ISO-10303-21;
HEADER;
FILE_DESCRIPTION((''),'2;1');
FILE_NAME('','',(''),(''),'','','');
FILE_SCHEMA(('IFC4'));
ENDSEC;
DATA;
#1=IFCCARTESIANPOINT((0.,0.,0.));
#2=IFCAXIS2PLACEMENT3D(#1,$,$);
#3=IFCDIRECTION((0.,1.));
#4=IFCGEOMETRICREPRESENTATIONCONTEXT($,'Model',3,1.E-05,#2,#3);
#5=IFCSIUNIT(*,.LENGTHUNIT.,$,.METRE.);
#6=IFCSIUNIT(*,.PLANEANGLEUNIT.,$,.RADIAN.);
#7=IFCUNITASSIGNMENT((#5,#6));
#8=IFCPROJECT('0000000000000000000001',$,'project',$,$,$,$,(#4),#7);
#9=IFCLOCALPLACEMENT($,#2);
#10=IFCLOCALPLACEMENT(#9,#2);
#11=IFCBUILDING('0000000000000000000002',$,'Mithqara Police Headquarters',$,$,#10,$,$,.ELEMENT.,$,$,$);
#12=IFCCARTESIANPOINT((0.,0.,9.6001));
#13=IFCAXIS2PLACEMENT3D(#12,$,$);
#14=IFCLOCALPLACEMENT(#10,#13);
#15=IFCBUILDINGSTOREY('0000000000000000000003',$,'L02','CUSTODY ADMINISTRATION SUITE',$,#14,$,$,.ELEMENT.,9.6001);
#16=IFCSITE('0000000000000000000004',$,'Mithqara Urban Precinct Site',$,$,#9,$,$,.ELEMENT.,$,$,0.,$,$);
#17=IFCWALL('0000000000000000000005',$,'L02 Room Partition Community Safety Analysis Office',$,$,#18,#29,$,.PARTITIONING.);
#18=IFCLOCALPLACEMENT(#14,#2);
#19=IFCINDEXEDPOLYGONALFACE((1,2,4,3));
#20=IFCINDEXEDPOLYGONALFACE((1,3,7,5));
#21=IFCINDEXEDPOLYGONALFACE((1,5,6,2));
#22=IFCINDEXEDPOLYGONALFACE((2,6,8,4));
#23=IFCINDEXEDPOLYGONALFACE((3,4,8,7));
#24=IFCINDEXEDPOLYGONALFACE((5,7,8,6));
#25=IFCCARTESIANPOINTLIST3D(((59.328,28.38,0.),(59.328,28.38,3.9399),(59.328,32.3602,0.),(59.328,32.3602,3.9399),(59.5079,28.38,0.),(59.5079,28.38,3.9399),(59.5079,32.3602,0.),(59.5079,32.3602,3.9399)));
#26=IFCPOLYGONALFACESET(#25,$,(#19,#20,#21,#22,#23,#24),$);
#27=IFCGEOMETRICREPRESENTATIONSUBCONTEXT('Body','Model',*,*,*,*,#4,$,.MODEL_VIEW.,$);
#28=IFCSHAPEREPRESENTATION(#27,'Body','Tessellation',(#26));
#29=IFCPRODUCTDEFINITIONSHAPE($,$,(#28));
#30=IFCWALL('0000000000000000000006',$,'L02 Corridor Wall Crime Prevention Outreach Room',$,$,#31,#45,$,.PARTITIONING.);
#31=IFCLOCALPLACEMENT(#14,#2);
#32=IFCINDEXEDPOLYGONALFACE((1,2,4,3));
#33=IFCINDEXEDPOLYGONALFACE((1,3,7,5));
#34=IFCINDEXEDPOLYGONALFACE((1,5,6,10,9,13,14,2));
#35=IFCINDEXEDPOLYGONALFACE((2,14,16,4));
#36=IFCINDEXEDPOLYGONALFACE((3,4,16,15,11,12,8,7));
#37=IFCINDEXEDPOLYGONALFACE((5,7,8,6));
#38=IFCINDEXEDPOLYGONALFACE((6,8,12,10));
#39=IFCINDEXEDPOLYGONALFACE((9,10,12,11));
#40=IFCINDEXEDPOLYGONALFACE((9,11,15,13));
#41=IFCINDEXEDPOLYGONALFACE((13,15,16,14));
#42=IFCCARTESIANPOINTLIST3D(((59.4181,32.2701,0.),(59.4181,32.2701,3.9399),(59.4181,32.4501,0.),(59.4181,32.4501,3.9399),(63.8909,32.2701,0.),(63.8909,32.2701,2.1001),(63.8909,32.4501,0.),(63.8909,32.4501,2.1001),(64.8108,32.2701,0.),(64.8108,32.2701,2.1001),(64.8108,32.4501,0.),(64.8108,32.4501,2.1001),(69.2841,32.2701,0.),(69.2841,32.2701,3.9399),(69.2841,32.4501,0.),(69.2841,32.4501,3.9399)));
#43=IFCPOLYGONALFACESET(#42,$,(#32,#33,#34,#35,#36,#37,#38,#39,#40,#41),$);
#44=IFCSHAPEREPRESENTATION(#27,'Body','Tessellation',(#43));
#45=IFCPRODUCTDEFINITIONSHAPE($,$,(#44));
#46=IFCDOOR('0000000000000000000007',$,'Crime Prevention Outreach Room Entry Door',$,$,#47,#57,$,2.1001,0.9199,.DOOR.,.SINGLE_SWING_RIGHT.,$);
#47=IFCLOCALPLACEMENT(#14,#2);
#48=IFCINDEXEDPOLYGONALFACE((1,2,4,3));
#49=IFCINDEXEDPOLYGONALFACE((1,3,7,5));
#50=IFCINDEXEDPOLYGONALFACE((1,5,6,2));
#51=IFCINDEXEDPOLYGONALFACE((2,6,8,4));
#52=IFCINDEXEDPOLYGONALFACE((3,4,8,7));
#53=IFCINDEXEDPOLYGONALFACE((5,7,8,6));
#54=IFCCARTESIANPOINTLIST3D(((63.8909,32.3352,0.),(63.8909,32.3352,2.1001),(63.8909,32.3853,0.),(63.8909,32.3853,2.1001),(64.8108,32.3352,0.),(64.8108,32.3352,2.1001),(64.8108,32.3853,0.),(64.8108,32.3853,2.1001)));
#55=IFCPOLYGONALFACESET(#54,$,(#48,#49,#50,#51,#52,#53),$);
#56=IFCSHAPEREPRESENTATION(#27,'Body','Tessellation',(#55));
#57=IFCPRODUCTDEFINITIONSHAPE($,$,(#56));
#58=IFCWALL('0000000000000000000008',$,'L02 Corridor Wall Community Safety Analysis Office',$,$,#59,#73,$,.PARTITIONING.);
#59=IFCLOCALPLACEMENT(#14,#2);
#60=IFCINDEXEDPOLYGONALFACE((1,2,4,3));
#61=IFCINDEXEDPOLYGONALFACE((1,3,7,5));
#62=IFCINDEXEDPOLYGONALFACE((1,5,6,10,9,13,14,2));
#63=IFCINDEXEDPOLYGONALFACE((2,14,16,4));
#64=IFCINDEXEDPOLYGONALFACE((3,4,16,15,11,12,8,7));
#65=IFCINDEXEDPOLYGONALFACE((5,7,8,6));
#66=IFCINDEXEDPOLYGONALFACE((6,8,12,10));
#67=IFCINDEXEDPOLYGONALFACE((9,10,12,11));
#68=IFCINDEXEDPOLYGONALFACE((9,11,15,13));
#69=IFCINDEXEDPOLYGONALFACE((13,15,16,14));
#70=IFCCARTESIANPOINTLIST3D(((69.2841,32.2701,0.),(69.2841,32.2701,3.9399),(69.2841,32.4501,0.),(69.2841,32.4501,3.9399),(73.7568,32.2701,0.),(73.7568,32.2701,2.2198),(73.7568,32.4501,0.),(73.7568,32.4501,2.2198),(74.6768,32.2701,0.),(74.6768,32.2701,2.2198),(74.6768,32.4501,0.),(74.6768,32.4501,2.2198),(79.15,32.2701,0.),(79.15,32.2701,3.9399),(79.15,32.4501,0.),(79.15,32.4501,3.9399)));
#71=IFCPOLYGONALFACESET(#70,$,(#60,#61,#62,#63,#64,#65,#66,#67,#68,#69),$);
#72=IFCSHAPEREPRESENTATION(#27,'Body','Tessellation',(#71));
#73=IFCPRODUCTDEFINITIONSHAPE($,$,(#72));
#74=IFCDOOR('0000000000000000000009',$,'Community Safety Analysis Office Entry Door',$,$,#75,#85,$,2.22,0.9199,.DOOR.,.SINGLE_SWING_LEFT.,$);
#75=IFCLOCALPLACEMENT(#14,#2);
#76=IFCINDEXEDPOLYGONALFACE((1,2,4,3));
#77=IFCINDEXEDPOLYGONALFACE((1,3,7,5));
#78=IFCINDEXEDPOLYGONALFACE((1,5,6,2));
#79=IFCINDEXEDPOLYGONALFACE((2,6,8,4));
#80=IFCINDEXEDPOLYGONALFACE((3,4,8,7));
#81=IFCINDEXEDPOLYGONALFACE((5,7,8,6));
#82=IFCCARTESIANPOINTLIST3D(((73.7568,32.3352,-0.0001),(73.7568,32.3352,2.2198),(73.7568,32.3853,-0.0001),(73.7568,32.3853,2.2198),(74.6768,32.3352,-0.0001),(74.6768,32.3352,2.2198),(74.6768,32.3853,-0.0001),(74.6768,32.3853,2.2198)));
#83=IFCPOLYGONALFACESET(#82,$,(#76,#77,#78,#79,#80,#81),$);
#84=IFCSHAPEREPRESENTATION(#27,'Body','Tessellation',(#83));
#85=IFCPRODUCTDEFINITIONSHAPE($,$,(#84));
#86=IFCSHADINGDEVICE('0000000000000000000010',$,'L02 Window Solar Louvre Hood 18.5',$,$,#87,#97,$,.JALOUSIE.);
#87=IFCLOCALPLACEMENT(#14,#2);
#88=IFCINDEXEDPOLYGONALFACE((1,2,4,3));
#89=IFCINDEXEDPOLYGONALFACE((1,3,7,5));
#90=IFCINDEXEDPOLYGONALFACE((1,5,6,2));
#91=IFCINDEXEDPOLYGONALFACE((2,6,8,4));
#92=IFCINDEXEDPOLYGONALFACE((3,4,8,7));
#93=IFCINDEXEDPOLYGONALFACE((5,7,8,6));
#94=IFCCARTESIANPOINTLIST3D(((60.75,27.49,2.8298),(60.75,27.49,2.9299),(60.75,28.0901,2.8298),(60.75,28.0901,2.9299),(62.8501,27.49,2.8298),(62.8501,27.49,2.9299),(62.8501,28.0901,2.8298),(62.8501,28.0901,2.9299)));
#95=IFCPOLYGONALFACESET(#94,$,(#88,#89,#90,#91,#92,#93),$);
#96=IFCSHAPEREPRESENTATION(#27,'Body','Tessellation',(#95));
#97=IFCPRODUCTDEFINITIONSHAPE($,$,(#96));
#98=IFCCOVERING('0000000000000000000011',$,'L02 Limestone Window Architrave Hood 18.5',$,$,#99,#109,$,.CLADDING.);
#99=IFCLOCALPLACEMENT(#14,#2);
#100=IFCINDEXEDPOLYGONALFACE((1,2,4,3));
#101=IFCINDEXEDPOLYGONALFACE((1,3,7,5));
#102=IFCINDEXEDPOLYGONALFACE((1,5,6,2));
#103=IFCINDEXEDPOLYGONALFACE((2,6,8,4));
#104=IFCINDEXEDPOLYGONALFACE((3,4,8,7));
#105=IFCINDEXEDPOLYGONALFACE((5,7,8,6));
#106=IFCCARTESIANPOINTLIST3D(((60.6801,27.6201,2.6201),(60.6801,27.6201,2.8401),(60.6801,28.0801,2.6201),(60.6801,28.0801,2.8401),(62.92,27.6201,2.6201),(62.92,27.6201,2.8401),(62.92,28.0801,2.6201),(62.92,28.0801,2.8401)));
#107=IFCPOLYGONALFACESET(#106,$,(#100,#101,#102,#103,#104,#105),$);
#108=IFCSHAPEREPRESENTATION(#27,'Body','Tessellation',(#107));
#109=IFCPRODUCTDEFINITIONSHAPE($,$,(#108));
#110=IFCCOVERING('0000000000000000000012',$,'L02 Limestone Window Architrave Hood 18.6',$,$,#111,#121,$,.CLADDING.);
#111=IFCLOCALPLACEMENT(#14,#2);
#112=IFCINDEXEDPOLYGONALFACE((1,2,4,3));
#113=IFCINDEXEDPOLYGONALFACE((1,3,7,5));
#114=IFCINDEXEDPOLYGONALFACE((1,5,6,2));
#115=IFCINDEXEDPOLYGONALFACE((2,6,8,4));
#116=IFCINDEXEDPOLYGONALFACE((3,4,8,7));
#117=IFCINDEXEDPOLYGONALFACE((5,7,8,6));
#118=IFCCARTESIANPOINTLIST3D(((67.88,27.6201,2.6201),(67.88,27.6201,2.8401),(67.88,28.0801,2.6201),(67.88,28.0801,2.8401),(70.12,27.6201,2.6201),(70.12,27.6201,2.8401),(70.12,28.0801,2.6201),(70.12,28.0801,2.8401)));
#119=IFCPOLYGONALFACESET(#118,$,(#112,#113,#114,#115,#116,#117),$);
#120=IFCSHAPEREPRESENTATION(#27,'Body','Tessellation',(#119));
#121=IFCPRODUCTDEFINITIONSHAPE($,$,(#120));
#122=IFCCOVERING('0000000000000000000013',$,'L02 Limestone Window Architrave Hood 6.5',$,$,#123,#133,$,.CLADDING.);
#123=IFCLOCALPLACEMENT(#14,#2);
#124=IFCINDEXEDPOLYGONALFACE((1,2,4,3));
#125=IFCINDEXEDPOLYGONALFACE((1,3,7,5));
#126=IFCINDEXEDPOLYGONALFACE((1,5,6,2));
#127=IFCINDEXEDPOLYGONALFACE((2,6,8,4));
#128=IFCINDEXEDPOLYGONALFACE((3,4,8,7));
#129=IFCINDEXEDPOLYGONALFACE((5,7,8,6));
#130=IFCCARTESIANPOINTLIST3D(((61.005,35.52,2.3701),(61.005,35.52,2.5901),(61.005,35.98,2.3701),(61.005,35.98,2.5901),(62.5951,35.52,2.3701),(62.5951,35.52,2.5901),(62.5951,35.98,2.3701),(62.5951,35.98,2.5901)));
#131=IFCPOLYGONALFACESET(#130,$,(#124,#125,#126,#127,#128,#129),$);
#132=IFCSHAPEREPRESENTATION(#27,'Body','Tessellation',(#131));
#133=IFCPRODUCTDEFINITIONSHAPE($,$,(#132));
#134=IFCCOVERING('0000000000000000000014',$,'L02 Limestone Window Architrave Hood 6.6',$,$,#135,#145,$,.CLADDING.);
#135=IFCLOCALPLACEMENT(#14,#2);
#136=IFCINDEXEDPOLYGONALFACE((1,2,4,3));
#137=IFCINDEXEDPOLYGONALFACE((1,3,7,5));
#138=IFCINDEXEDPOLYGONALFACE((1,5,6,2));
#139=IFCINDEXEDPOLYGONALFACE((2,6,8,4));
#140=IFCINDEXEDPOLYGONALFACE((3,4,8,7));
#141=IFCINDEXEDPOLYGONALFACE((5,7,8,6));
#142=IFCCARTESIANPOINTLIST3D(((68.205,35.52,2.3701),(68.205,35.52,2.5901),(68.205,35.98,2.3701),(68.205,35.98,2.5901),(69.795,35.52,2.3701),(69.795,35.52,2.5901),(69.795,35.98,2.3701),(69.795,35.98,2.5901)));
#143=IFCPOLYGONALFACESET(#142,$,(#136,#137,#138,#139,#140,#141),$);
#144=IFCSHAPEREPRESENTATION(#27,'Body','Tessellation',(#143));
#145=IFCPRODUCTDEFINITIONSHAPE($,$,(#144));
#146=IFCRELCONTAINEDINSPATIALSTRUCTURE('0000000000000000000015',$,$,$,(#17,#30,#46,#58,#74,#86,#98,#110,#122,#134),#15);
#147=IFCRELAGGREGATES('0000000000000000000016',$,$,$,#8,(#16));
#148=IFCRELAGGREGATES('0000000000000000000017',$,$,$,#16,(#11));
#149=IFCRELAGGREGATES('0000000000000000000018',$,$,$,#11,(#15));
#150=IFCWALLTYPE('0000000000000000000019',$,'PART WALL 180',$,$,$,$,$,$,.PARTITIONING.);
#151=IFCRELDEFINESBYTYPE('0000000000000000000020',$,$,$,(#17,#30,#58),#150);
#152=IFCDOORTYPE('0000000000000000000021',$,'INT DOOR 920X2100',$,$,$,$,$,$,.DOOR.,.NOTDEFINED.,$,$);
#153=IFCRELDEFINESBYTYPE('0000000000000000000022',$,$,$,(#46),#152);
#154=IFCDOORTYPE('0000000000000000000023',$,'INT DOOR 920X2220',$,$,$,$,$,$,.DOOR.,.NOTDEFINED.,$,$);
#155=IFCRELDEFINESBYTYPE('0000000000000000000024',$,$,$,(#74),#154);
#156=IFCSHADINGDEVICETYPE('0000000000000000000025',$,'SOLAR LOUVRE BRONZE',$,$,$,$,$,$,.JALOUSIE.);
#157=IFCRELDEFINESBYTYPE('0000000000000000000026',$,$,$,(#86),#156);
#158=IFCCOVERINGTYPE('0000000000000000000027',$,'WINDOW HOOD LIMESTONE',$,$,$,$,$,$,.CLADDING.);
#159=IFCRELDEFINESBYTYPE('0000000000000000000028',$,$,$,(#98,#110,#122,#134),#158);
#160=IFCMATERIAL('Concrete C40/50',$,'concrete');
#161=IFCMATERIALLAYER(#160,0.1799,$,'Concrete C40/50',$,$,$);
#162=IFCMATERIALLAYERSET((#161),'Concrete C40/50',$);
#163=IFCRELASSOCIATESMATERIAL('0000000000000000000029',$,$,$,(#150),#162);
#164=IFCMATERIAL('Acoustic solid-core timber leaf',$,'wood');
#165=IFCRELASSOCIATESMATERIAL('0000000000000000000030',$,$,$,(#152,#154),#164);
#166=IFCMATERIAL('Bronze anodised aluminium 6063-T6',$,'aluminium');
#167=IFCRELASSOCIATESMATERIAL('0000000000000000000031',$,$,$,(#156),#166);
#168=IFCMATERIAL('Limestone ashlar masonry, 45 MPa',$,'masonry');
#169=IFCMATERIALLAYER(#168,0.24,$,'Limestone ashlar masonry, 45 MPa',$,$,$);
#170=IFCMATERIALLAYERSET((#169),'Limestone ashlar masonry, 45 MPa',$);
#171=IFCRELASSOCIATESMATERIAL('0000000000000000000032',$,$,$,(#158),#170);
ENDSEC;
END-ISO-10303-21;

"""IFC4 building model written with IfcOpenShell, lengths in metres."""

from ifc_helpers import new_model, si_unit, direction, frame, frame_2d, origin, origin_2d, place, context, subcontext, project, spatial, rectangle, extrude, material, layer, layer_set, type_object, element, fill, save


model = new_model("IFC4")

# Units and contexts
model_context = context("Model", 3, precision=1e-05, world=origin(), true_north=direction((0.0, 1.0)))
body_context = subcontext(model_context, "Body", "Model", "MODEL_VIEW")
ifc_project = project(units=[si_unit("LENGTHUNIT", "METRE"), si_unit("PLANEANGLEUNIT", "RADIAN")], contexts=[model_context])

# Site, building, storey
site_placement = place(None, origin())
site = spatial("IfcSite", under=ifc_project, at=site_placement, Name="Mithqara Urban Precinct Site", CompositionType="ELEMENT", RefElevation=0.0)
building_placement = place(site_placement, origin())
building = spatial("IfcBuilding", under=site, at=building_placement, Name="Mithqara Police Headquarters", CompositionType="ELEMENT")
storey_placement = place(building_placement, frame((0.0, 0.0, 9.6001)))
storey = spatial("IfcBuildingStorey", under=building, at=storey_placement, Name="L02", Description="CUSTODY ADMINISTRATION SUITE", CompositionType="ELEMENT", Elevation=9.6001)

# Shared definitions
ifc_material_1 = material(Name="Concrete C40/50", Category="concrete")

# Wall
ifc_layer_1 = layer(ifc_material_1, 0.1799, Name="Concrete C40/50")
ifc_layer_set_1 = layer_set([ifc_layer_1], Name="Concrete C40/50")
wall_type = type_object("IfcWallType", Name="PART WALL 180", PredefinedType="PARTITIONING", material=ifc_layer_set_1)
wall_1_placement = place(storey_placement, frame((59.418, 28.3799, 0.0), z_axis=(0.0, 0.0, 1.0), x_axis=(0.0, 1.0, 0.0)))
element("IfcWall", 1, at=wall_1_placement, inside=storey, type_object=wall_type, Name="L02 Room Partition Community Safety Analysis Office", PredefinedType="PARTITIONING", context=body_context, shape_type="SweptSolid", body=[
    extrude(rectangle(XDim=3.9802, YDim=0.1799, at=frame_2d((1.9902, 0.0))), origin(), (0.0, 0.0, 1.0), 3.9399),
])

# Walls, openings, doors
wall_2_placement = place(storey_placement, frame((59.418, 32.3601, 0.0), z_axis=(0.0, 0.0, 1.0), x_axis=(1.0, 0.0, 0.0)))
wall_2 = element("IfcWall", 2, at=wall_2_placement, inside=storey, type_object=wall_type, Name="L02 Corridor Wall Crime Prevention Outreach Room", PredefinedType="PARTITIONING", context=body_context, shape_type="SweptSolid", body=[
    extrude(rectangle(XDim=9.866, YDim=0.1799, at=frame_2d((4.9331, 0.0))), origin(), (0.0, 0.0, 1.0), 3.9399),
])
opening_1_placement = place(wall_2_placement, frame((4.4729, 0.0, 0.0)))
opening_1 = element("IfcOpeningElement", 3, at=opening_1_placement, cuts=wall_2, PredefinedType="OPENING", context=body_context, shape_type="SweptSolid", body=[
    extrude(rectangle(XDim=0.9199, YDim=2.1001, at=frame_2d((0.46, 1.05))), frame((0.0, 0.1001, 0.0), z_axis=(0.0, -1.0, 0.0), x_axis=(1.0, 0.0, 0.0)), (0.0, 0.0, 1.0), 0.2),
])
ifc_material_2 = material(Name="Acoustic solid-core timber leaf", Category="wood")
door_type_1 = type_object("IfcDoorType", Name="INT DOOR 920X2100", OperationType="NOTDEFINED", PredefinedType="DOOR", material=ifc_material_2)
door_1_placement = place(opening_1_placement, frame((0.9199, 0.0, 0.0), z_axis=(0.0, 0.0, 1.0), x_axis=(-1.0, 0.0, 0.0)))
door_1 = element("IfcDoor", 4, at=door_1_placement, inside=storey, type_object=door_type_1, Name="Crime Prevention Outreach Room Entry Door", OperationType="SINGLE_SWING_RIGHT", OverallHeight=2.1001, OverallWidth=0.9199, PredefinedType="DOOR", context=body_context, shape_type="SweptSolid", body=[
    extrude(rectangle(XDim=0.9199, YDim=2.1001, at=frame_2d((0.46, 1.05))), frame((0.0, 0.0249, 0.0), z_axis=(0.0, -1.0, 0.0), x_axis=(1.0, 0.0, 0.0)), (0.0, 0.0, 1.0), 0.05),
])
fill(opening_1, door_1)
wall_3_placement = place(storey_placement, frame((69.2839, 32.3601, 0.0), z_axis=(0.0, 0.0, 1.0), x_axis=(1.0, 0.0, 0.0)))
wall_3 = element("IfcWall", 5, at=wall_3_placement, inside=storey, type_object=wall_type, Name="L02 Corridor Wall Community Safety Analysis Office", PredefinedType="PARTITIONING", context=body_context, shape_type="SweptSolid", body=[
    extrude(rectangle(XDim=9.866, YDim=0.1799, at=frame_2d((4.9331, 0.0))), origin(), (0.0, 0.0, 1.0), 3.9399),
])
opening_2_placement = place(wall_3_placement, frame((4.4729, 0.0, 0.0)))
opening_2 = element("IfcOpeningElement", 6, at=opening_2_placement, cuts=wall_3, PredefinedType="OPENING", context=body_context, shape_type="SweptSolid", body=[
    extrude(rectangle(XDim=0.9199, YDim=2.22, at=frame_2d((0.46, 1.1099))), frame((0.0, 0.1001, 0.0), z_axis=(0.0, -1.0, 0.0), x_axis=(1.0, 0.0, 0.0)), (0.0, 0.0, 1.0), 0.2),
])
door_type_2 = type_object("IfcDoorType", Name="INT DOOR 920X2220", OperationType="NOTDEFINED", PredefinedType="DOOR", material=ifc_material_2)
door_2_placement = place(opening_2_placement, frame((0.9199, 0.0, 0.0), z_axis=(0.0, 0.0, 1.0), x_axis=(-1.0, 0.0, 0.0)))
door_2 = element("IfcDoor", 7, at=door_2_placement, inside=storey, type_object=door_type_2, Name="Community Safety Analysis Office Entry Door", OperationType="SINGLE_SWING_LEFT", OverallHeight=2.22, OverallWidth=0.9199, PredefinedType="DOOR", context=body_context, shape_type="SweptSolid", body=[
    extrude(rectangle(XDim=0.9199, YDim=2.22, at=frame_2d((0.46, 1.1099))), frame((0.0, 0.0249, 0.0), z_axis=(0.0, -1.0, 0.0), x_axis=(1.0, 0.0, 0.0)), (0.0, 0.0, 1.0), 0.05),
])
fill(opening_2, door_2)

# Shading device
ifc_material_3 = material(Name="Bronze anodised aluminium 6063-T6", Category="aluminium")
shading_device_type = type_object("IfcShadingDeviceType", Name="SOLAR LOUVRE BRONZE", PredefinedType="JALOUSIE", material=ifc_material_3)
shading_device_placement = place(storey_placement, frame((61.8, 27.79, 2.8298), z_axis=(0.0, 0.0, 1.0), x_axis=(1.0, 0.0, 0.0)))
element("IfcShadingDevice", 8, at=shading_device_placement, inside=storey, type_object=shading_device_type, Name="L02 Window Solar Louvre Hood 18.5", PredefinedType="JALOUSIE", context=body_context, shape_type="SweptSolid", body=[
    extrude(rectangle(XDim=2.1001, YDim=0.6001, at=origin_2d()), origin(), (0.0, 0.0, 1.0), 0.1001),
])

# Coverings
ifc_material_4 = material(Name="Limestone ashlar masonry, 45 MPa", Category="masonry")
ifc_layer_2 = layer(ifc_material_4, 0.24, Name="Limestone ashlar masonry, 45 MPa")
ifc_layer_set_2 = layer_set([ifc_layer_2], Name="Limestone ashlar masonry, 45 MPa")
covering_type = type_object("IfcCoveringType", Name="WINDOW HOOD LIMESTONE", PredefinedType="CLADDING", material=ifc_layer_set_2)
for number, where, z_axis, x_axis, name in (
    (9, (61.8, 27.8501, 2.6201), (0.0, 0.0, 1.0), (1.0, 0.0, 0.0), "L02 Limestone Window Architrave Hood 18.5"),
    (10, (69.0, 27.8501, 2.6201), (0.0, 0.0, 1.0), (1.0, 0.0, 0.0), "L02 Limestone Window Architrave Hood 18.6"),
):
    element("IfcCovering", number, at=place(storey_placement, frame(where, z_axis=z_axis, x_axis=x_axis)), inside=storey, type_object=covering_type, Name=name, PredefinedType="CLADDING", context=body_context, shape_type="SweptSolid", body=[
        extrude(rectangle(XDim=2.24, YDim=0.46, at=origin_2d()), origin(), (0.0, 0.0, 1.0), 0.22),
    ])
for number, where, z_axis, x_axis, name in (
    (11, (61.8, 35.75, 2.3701), (0.0, 0.0, 1.0), (1.0, 0.0, 0.0), "L02 Limestone Window Architrave Hood 6.5"),
    (12, (69.0, 35.75, 2.3701), (0.0, 0.0, 1.0), (1.0, 0.0, 0.0), "L02 Limestone Window Architrave Hood 6.6"),
):
    element("IfcCovering", number, at=place(storey_placement, frame(where, z_axis=z_axis, x_axis=x_axis)), inside=storey, type_object=covering_type, Name=name, PredefinedType="CLADDING", context=body_context, shape_type="SweptSolid", body=[
        extrude(rectangle(XDim=1.5901, YDim=0.46, at=origin_2d()), origin(), (0.0, 0.0, 1.0), 0.22),
    ])

save(model, "model.ifc")
